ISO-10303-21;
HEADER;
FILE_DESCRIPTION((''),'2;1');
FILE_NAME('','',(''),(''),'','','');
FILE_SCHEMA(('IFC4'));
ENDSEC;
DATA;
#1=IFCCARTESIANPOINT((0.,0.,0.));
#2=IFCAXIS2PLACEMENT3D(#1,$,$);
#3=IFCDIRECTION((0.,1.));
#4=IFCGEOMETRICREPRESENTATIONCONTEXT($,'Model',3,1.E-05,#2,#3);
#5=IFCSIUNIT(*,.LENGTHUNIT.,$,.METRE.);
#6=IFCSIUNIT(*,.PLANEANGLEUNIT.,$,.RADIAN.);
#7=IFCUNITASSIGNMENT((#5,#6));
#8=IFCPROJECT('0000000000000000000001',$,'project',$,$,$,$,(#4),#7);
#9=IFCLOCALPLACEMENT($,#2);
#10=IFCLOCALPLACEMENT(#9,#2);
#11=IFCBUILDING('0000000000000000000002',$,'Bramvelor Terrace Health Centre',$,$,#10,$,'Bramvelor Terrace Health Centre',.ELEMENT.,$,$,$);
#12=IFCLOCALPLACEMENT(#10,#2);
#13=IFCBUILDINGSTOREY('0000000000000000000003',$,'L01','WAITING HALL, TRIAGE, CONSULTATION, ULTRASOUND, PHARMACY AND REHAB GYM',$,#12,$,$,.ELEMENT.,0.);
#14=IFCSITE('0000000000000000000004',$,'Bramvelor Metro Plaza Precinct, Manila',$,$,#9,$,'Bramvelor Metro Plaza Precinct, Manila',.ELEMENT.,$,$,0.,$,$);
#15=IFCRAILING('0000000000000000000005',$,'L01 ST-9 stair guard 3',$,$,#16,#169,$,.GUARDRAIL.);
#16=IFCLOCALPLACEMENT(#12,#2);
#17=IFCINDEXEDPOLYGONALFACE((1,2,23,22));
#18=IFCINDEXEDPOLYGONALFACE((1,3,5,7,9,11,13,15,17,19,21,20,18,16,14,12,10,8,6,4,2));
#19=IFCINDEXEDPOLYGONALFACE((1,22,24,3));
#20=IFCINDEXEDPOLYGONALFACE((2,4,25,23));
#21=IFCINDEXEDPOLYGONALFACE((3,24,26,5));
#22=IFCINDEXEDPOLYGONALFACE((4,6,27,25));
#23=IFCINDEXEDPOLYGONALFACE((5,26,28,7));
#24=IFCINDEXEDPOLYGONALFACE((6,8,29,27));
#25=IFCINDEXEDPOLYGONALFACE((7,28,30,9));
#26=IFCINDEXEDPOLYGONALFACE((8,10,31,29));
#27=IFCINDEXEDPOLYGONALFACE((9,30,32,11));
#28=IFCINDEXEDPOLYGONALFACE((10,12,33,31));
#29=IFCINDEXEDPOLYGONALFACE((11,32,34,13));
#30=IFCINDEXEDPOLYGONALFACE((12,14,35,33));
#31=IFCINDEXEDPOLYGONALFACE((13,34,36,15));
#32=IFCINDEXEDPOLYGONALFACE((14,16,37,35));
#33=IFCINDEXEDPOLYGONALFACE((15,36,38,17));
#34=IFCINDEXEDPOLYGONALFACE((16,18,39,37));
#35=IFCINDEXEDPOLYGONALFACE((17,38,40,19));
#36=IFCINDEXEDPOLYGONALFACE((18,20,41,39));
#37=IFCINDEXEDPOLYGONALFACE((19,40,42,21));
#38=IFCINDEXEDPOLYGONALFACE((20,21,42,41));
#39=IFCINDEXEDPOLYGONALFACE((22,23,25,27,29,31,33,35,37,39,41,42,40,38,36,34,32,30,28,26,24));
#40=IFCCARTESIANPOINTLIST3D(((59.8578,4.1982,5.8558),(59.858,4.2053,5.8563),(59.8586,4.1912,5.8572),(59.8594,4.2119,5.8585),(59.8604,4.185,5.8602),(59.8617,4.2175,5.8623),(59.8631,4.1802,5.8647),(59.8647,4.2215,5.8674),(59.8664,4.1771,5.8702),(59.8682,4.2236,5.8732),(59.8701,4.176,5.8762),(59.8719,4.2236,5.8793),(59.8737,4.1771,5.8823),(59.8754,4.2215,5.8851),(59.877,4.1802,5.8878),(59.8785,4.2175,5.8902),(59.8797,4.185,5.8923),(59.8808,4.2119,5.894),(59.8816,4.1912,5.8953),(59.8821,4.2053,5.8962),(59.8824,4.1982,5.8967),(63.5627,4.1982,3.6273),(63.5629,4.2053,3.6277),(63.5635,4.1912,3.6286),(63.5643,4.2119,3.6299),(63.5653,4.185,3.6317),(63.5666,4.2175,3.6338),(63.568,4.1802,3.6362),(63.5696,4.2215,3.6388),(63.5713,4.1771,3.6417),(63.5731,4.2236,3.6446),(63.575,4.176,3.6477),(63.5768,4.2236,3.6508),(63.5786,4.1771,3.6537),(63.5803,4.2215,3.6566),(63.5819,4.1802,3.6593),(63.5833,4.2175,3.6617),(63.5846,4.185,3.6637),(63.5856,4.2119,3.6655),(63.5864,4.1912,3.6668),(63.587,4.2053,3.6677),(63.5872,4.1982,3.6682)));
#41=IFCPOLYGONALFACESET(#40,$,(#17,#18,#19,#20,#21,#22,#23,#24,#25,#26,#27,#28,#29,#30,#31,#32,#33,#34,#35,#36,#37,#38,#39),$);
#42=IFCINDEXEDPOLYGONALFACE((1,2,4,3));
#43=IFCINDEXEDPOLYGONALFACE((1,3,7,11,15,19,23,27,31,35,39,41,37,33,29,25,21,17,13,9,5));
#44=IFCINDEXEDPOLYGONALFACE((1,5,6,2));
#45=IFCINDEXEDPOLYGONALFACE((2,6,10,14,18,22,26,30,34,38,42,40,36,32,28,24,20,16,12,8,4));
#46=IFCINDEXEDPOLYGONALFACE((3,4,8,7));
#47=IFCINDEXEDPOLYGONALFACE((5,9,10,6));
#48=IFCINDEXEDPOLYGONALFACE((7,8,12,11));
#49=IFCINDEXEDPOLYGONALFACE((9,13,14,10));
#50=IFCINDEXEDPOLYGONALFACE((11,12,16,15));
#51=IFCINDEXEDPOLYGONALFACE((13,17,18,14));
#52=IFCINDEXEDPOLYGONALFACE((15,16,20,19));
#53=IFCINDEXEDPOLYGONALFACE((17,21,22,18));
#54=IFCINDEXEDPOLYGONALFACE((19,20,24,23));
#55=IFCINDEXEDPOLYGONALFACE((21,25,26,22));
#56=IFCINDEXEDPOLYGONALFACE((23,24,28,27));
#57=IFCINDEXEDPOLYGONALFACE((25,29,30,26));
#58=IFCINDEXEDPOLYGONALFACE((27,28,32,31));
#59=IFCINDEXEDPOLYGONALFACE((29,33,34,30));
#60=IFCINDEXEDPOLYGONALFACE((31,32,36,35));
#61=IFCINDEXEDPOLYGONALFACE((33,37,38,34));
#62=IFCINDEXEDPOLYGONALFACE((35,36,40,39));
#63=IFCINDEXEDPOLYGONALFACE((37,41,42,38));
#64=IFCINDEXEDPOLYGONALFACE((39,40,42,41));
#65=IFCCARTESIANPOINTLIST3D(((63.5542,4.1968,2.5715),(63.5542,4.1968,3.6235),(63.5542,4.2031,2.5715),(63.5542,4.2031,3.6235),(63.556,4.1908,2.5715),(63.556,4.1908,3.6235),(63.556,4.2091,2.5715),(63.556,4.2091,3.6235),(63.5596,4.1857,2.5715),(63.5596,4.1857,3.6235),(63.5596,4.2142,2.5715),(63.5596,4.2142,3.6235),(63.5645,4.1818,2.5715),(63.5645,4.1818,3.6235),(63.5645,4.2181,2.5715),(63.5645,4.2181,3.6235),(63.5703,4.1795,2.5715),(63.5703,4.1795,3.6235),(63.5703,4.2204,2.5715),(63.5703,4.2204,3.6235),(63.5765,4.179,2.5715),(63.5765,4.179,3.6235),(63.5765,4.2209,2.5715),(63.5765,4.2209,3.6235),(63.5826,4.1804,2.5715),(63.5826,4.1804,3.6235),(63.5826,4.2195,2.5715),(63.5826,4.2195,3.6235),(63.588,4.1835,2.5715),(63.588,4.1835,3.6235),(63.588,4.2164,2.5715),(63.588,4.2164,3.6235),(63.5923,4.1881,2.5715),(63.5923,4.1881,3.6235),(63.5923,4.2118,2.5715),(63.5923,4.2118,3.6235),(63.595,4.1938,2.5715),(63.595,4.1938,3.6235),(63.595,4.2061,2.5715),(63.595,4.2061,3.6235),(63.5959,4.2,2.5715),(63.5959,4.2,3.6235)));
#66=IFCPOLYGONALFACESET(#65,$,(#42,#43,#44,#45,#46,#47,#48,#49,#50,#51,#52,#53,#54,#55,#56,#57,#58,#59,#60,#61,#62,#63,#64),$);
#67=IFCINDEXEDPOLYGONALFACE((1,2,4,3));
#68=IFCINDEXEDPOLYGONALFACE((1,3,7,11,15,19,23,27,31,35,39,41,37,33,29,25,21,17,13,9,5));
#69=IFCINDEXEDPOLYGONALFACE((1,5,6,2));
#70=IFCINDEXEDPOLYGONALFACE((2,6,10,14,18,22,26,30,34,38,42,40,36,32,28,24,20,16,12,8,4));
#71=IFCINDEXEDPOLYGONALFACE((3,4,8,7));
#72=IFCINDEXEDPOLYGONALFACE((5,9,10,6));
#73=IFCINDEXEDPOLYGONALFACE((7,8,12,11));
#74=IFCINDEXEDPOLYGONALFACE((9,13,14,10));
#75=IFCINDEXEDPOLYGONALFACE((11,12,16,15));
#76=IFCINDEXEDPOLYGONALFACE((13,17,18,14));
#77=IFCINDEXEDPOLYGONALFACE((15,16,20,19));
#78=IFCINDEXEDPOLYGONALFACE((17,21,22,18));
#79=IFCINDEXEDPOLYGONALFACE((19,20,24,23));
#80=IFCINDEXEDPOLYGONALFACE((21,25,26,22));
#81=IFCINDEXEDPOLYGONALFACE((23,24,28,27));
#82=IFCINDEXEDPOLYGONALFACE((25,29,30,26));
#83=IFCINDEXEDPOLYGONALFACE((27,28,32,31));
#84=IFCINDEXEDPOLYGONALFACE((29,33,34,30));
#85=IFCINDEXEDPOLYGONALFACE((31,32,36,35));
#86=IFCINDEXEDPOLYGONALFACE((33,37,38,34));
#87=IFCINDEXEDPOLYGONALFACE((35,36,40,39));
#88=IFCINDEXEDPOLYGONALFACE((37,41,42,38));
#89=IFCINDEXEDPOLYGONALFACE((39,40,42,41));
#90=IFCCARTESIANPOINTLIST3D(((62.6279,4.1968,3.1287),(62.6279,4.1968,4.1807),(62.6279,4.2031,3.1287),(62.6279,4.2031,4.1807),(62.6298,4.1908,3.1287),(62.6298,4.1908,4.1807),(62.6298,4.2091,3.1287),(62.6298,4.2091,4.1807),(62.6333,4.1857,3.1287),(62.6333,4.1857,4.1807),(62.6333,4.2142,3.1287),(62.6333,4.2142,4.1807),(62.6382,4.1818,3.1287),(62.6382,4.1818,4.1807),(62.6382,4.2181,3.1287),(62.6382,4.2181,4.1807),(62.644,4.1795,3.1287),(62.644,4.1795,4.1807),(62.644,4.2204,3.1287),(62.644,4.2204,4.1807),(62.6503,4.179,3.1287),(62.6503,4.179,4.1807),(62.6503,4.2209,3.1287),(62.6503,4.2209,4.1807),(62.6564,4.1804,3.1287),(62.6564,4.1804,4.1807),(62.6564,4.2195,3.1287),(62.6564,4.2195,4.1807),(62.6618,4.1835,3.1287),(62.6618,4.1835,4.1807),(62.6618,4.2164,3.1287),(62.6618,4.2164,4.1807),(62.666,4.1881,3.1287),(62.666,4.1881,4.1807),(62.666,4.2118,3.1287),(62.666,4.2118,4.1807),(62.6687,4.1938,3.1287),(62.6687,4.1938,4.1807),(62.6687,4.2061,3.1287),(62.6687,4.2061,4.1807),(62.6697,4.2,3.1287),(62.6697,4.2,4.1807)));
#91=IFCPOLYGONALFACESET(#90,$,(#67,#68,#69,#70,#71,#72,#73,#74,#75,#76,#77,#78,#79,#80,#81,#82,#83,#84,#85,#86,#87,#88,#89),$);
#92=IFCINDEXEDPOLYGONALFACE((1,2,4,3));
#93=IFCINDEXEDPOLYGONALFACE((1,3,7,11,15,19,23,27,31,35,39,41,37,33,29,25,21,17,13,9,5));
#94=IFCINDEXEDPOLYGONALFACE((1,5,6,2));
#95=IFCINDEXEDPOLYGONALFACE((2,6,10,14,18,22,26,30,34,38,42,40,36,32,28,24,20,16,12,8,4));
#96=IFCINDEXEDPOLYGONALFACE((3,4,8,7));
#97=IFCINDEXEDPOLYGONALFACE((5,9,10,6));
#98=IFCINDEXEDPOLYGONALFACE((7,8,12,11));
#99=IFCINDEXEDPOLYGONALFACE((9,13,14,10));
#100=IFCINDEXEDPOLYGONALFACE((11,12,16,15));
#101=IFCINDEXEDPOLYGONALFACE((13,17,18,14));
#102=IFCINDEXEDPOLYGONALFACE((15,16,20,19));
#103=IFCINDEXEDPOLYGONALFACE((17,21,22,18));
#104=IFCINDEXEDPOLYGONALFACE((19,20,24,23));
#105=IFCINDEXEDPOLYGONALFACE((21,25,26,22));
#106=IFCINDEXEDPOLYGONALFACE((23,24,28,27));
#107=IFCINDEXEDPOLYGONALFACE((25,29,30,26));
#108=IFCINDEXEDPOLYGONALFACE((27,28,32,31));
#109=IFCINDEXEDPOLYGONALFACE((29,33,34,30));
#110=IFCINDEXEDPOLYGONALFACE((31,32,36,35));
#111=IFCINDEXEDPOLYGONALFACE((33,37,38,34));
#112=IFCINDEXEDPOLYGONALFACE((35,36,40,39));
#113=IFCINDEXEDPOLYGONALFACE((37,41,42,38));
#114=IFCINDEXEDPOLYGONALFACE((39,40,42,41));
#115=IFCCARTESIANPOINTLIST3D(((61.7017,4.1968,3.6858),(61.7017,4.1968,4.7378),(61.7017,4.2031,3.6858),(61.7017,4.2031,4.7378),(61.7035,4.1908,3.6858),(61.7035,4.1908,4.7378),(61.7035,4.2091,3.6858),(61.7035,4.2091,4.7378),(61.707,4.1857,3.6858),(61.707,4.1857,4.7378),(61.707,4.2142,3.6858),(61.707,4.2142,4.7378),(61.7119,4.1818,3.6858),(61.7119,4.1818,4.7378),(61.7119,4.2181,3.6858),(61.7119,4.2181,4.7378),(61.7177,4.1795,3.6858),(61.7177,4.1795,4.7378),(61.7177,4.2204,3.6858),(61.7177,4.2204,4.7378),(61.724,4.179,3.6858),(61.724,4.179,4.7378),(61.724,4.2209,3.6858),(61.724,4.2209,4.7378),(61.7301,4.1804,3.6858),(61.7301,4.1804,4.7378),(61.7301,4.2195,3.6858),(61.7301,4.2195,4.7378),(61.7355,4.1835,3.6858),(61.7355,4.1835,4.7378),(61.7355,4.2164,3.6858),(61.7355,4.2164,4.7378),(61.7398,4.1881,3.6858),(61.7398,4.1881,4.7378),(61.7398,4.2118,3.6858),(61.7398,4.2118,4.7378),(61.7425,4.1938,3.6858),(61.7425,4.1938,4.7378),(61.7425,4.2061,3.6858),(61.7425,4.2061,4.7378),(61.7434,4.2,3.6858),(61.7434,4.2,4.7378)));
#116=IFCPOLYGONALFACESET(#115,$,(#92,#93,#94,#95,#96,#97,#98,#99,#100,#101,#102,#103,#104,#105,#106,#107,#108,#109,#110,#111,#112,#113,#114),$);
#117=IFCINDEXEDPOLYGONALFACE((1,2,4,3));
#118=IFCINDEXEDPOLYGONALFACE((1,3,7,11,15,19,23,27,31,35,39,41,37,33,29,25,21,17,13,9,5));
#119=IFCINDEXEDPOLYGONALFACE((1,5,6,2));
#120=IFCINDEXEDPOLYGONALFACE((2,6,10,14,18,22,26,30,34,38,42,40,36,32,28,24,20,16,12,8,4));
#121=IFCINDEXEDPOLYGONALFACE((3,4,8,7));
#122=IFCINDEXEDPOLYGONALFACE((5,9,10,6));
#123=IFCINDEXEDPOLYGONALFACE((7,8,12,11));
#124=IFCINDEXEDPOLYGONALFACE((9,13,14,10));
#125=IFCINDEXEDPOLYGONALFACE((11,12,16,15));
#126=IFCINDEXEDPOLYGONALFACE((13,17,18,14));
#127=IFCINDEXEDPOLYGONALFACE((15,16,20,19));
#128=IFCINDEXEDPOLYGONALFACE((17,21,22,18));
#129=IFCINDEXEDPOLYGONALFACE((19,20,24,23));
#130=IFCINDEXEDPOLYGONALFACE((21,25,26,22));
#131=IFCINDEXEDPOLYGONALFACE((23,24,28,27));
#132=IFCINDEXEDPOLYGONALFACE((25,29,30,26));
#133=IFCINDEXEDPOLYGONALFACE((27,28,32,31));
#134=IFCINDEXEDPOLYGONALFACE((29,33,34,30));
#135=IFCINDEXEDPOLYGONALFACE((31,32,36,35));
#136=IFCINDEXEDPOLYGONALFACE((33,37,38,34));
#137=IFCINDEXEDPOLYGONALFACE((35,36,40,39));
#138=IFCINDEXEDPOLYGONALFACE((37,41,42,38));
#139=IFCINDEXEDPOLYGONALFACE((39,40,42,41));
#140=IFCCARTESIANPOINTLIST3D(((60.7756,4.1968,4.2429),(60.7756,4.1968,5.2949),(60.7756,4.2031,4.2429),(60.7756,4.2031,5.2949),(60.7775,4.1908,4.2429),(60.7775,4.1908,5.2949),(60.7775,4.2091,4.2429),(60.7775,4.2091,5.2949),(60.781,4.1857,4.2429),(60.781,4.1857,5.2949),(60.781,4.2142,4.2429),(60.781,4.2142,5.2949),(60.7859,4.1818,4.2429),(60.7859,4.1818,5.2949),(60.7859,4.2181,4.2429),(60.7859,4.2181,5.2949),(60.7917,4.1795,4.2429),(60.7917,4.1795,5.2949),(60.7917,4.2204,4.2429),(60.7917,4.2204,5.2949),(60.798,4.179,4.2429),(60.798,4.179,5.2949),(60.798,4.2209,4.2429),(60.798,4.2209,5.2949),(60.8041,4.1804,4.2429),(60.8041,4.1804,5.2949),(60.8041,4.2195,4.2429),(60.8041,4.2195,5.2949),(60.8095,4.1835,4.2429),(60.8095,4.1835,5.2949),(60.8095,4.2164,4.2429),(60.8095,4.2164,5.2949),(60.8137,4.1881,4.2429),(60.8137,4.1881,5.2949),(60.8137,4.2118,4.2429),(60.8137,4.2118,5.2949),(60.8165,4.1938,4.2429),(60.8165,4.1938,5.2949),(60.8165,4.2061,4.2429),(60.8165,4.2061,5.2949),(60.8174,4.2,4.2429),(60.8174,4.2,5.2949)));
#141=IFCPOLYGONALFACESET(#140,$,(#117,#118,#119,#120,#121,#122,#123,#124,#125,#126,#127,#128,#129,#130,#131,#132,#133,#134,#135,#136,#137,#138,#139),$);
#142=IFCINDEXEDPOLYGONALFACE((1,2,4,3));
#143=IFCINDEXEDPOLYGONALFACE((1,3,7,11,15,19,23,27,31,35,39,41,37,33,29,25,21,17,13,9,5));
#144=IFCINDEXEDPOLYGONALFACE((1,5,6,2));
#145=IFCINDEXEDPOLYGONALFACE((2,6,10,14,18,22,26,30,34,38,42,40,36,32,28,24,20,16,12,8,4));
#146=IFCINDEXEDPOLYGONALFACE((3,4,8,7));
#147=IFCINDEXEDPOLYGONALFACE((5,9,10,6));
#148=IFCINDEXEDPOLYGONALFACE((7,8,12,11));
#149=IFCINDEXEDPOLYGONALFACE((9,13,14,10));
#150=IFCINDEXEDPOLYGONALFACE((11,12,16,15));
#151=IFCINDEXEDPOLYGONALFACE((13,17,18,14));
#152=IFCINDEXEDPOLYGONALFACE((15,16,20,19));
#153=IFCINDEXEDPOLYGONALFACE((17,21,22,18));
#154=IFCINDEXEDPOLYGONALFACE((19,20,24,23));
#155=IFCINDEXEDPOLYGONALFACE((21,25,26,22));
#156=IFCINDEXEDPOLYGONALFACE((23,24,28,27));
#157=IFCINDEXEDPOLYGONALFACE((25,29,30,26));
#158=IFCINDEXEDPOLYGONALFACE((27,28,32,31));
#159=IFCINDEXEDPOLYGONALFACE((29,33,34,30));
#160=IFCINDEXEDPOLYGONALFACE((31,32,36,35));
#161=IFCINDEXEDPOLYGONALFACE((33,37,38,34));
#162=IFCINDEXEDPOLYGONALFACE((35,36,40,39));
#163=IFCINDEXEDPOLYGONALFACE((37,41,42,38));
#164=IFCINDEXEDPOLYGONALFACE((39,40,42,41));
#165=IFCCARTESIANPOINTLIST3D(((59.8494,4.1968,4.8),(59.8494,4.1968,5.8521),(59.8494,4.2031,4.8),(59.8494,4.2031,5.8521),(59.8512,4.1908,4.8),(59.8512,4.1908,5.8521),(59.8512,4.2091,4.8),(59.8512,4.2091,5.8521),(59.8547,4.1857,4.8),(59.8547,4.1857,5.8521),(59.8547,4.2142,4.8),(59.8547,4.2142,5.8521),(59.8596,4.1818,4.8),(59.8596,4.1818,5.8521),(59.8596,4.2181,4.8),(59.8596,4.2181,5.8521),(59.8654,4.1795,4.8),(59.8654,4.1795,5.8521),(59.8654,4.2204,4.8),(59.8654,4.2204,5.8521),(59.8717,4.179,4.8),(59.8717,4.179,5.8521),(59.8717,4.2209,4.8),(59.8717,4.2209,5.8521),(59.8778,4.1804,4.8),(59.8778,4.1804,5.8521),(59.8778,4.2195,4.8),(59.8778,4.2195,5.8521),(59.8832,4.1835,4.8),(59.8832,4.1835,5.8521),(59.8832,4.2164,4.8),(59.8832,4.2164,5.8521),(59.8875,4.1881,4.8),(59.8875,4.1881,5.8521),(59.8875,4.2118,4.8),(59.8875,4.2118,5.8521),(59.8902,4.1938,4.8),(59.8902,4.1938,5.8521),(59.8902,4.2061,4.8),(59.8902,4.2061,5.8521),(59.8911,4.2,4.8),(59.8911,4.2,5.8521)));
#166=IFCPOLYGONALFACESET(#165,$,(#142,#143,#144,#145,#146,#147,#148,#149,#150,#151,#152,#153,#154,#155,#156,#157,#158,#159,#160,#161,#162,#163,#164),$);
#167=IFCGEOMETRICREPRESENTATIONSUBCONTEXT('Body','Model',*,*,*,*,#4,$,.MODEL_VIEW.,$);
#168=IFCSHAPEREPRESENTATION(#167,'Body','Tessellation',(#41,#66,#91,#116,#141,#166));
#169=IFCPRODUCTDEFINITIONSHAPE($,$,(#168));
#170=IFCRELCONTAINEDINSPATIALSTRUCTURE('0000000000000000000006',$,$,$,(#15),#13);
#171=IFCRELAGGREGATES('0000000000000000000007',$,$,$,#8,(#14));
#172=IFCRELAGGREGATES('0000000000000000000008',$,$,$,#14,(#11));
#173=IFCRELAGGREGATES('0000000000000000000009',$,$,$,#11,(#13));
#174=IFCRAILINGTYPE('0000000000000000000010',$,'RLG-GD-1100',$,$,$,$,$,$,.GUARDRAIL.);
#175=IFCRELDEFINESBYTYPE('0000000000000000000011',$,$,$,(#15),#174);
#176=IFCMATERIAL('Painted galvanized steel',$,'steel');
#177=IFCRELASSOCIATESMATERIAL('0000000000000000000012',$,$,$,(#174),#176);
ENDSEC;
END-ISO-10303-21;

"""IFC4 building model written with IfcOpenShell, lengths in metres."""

from ifc_helpers import new_model, si_unit, direction, frame, origin, origin_2d, place, context, subcontext, project, spatial, circle, extrude, material, type_object, element, save


model = new_model("IFC4")

# Units and contexts
model_context = context("Model", 3, precision=1e-05, world=origin(), true_north=direction((0.0, 1.0)))
body_context = subcontext(model_context, "Body", "Model", "MODEL_VIEW")
ifc_project = project(units=[si_unit("LENGTHUNIT", "METRE"), si_unit("PLANEANGLEUNIT", "RADIAN")], contexts=[model_context])

# Site, building, storey
site_placement = place(None, origin())
site = spatial("IfcSite", under=ifc_project, at=site_placement, Name="Bramvelor Metro Plaza Precinct, Manila", LongName="Bramvelor Metro Plaza Precinct, Manila", CompositionType="ELEMENT", RefElevation=0.0)
building_placement = place(site_placement, origin())
building = spatial("IfcBuilding", under=site, at=building_placement, Name="Bramvelor Terrace Health Centre", LongName="Bramvelor Terrace Health Centre", CompositionType="ELEMENT")
storey_placement = place(building_placement, origin())
storey = spatial("IfcBuildingStorey", under=building, at=storey_placement, Name="L01", Description="WAITING HALL, TRIAGE, CONSULTATION, ULTRASOUND, PHARMACY AND REHAB GYM", CompositionType="ELEMENT", Elevation=0.0)

# Railing
ifc_material_1 = material(Name="Painted galvanized steel", Category="steel")
railing_type_1 = type_object("IfcRailingType", Name="RLG-GD-1100", PredefinedType="GUARDRAIL", material=ifc_material_1)
railing_1_placement = place(storey_placement, frame((63.575, 4.2, 2.5715)))
element("IfcRailing", 1, at=railing_1_placement, inside=storey, type_object=railing_type_1, Name="L01 ST-9 stair guard 3", PredefinedType="GUARDRAIL", context=body_context, shape_type="SweptSolid", body=[
    extrude(circle(Radius=0.0239, at=origin_2d()), frame((0.0, 0.0, 1.0762), z_axis=(-0.856919, 0.0, 0.51545), x_axis=(0.0, -1.0, 0.0)), (0.0, 0.0, 1.0), 4.3235),
    extrude(circle(Radius=0.021, at=origin_2d()), origin(), (0.0, 0.0, 1.0), 1.052),
    extrude(circle(Radius=0.021, at=origin_2d()), frame((-0.9263, 0.0, 0.5571)), (0.0, 0.0, 1.0), 1.052),
    extrude(circle(Radius=0.021, at=origin_2d()), frame((-1.8525, 0.0, 1.1143)), (0.0, 0.0, 1.0), 1.052),
    extrude(circle(Radius=0.021, at=origin_2d()), frame((-2.7786, 0.0, 1.6714)), (0.0, 0.0, 1.0), 1.052),
    extrude(circle(Radius=0.021, at=origin_2d()), frame((-3.7048, 0.0, 2.2285)), (0.0, 0.0, 1.0), 1.052),
])

save(model, "model.ifc")
